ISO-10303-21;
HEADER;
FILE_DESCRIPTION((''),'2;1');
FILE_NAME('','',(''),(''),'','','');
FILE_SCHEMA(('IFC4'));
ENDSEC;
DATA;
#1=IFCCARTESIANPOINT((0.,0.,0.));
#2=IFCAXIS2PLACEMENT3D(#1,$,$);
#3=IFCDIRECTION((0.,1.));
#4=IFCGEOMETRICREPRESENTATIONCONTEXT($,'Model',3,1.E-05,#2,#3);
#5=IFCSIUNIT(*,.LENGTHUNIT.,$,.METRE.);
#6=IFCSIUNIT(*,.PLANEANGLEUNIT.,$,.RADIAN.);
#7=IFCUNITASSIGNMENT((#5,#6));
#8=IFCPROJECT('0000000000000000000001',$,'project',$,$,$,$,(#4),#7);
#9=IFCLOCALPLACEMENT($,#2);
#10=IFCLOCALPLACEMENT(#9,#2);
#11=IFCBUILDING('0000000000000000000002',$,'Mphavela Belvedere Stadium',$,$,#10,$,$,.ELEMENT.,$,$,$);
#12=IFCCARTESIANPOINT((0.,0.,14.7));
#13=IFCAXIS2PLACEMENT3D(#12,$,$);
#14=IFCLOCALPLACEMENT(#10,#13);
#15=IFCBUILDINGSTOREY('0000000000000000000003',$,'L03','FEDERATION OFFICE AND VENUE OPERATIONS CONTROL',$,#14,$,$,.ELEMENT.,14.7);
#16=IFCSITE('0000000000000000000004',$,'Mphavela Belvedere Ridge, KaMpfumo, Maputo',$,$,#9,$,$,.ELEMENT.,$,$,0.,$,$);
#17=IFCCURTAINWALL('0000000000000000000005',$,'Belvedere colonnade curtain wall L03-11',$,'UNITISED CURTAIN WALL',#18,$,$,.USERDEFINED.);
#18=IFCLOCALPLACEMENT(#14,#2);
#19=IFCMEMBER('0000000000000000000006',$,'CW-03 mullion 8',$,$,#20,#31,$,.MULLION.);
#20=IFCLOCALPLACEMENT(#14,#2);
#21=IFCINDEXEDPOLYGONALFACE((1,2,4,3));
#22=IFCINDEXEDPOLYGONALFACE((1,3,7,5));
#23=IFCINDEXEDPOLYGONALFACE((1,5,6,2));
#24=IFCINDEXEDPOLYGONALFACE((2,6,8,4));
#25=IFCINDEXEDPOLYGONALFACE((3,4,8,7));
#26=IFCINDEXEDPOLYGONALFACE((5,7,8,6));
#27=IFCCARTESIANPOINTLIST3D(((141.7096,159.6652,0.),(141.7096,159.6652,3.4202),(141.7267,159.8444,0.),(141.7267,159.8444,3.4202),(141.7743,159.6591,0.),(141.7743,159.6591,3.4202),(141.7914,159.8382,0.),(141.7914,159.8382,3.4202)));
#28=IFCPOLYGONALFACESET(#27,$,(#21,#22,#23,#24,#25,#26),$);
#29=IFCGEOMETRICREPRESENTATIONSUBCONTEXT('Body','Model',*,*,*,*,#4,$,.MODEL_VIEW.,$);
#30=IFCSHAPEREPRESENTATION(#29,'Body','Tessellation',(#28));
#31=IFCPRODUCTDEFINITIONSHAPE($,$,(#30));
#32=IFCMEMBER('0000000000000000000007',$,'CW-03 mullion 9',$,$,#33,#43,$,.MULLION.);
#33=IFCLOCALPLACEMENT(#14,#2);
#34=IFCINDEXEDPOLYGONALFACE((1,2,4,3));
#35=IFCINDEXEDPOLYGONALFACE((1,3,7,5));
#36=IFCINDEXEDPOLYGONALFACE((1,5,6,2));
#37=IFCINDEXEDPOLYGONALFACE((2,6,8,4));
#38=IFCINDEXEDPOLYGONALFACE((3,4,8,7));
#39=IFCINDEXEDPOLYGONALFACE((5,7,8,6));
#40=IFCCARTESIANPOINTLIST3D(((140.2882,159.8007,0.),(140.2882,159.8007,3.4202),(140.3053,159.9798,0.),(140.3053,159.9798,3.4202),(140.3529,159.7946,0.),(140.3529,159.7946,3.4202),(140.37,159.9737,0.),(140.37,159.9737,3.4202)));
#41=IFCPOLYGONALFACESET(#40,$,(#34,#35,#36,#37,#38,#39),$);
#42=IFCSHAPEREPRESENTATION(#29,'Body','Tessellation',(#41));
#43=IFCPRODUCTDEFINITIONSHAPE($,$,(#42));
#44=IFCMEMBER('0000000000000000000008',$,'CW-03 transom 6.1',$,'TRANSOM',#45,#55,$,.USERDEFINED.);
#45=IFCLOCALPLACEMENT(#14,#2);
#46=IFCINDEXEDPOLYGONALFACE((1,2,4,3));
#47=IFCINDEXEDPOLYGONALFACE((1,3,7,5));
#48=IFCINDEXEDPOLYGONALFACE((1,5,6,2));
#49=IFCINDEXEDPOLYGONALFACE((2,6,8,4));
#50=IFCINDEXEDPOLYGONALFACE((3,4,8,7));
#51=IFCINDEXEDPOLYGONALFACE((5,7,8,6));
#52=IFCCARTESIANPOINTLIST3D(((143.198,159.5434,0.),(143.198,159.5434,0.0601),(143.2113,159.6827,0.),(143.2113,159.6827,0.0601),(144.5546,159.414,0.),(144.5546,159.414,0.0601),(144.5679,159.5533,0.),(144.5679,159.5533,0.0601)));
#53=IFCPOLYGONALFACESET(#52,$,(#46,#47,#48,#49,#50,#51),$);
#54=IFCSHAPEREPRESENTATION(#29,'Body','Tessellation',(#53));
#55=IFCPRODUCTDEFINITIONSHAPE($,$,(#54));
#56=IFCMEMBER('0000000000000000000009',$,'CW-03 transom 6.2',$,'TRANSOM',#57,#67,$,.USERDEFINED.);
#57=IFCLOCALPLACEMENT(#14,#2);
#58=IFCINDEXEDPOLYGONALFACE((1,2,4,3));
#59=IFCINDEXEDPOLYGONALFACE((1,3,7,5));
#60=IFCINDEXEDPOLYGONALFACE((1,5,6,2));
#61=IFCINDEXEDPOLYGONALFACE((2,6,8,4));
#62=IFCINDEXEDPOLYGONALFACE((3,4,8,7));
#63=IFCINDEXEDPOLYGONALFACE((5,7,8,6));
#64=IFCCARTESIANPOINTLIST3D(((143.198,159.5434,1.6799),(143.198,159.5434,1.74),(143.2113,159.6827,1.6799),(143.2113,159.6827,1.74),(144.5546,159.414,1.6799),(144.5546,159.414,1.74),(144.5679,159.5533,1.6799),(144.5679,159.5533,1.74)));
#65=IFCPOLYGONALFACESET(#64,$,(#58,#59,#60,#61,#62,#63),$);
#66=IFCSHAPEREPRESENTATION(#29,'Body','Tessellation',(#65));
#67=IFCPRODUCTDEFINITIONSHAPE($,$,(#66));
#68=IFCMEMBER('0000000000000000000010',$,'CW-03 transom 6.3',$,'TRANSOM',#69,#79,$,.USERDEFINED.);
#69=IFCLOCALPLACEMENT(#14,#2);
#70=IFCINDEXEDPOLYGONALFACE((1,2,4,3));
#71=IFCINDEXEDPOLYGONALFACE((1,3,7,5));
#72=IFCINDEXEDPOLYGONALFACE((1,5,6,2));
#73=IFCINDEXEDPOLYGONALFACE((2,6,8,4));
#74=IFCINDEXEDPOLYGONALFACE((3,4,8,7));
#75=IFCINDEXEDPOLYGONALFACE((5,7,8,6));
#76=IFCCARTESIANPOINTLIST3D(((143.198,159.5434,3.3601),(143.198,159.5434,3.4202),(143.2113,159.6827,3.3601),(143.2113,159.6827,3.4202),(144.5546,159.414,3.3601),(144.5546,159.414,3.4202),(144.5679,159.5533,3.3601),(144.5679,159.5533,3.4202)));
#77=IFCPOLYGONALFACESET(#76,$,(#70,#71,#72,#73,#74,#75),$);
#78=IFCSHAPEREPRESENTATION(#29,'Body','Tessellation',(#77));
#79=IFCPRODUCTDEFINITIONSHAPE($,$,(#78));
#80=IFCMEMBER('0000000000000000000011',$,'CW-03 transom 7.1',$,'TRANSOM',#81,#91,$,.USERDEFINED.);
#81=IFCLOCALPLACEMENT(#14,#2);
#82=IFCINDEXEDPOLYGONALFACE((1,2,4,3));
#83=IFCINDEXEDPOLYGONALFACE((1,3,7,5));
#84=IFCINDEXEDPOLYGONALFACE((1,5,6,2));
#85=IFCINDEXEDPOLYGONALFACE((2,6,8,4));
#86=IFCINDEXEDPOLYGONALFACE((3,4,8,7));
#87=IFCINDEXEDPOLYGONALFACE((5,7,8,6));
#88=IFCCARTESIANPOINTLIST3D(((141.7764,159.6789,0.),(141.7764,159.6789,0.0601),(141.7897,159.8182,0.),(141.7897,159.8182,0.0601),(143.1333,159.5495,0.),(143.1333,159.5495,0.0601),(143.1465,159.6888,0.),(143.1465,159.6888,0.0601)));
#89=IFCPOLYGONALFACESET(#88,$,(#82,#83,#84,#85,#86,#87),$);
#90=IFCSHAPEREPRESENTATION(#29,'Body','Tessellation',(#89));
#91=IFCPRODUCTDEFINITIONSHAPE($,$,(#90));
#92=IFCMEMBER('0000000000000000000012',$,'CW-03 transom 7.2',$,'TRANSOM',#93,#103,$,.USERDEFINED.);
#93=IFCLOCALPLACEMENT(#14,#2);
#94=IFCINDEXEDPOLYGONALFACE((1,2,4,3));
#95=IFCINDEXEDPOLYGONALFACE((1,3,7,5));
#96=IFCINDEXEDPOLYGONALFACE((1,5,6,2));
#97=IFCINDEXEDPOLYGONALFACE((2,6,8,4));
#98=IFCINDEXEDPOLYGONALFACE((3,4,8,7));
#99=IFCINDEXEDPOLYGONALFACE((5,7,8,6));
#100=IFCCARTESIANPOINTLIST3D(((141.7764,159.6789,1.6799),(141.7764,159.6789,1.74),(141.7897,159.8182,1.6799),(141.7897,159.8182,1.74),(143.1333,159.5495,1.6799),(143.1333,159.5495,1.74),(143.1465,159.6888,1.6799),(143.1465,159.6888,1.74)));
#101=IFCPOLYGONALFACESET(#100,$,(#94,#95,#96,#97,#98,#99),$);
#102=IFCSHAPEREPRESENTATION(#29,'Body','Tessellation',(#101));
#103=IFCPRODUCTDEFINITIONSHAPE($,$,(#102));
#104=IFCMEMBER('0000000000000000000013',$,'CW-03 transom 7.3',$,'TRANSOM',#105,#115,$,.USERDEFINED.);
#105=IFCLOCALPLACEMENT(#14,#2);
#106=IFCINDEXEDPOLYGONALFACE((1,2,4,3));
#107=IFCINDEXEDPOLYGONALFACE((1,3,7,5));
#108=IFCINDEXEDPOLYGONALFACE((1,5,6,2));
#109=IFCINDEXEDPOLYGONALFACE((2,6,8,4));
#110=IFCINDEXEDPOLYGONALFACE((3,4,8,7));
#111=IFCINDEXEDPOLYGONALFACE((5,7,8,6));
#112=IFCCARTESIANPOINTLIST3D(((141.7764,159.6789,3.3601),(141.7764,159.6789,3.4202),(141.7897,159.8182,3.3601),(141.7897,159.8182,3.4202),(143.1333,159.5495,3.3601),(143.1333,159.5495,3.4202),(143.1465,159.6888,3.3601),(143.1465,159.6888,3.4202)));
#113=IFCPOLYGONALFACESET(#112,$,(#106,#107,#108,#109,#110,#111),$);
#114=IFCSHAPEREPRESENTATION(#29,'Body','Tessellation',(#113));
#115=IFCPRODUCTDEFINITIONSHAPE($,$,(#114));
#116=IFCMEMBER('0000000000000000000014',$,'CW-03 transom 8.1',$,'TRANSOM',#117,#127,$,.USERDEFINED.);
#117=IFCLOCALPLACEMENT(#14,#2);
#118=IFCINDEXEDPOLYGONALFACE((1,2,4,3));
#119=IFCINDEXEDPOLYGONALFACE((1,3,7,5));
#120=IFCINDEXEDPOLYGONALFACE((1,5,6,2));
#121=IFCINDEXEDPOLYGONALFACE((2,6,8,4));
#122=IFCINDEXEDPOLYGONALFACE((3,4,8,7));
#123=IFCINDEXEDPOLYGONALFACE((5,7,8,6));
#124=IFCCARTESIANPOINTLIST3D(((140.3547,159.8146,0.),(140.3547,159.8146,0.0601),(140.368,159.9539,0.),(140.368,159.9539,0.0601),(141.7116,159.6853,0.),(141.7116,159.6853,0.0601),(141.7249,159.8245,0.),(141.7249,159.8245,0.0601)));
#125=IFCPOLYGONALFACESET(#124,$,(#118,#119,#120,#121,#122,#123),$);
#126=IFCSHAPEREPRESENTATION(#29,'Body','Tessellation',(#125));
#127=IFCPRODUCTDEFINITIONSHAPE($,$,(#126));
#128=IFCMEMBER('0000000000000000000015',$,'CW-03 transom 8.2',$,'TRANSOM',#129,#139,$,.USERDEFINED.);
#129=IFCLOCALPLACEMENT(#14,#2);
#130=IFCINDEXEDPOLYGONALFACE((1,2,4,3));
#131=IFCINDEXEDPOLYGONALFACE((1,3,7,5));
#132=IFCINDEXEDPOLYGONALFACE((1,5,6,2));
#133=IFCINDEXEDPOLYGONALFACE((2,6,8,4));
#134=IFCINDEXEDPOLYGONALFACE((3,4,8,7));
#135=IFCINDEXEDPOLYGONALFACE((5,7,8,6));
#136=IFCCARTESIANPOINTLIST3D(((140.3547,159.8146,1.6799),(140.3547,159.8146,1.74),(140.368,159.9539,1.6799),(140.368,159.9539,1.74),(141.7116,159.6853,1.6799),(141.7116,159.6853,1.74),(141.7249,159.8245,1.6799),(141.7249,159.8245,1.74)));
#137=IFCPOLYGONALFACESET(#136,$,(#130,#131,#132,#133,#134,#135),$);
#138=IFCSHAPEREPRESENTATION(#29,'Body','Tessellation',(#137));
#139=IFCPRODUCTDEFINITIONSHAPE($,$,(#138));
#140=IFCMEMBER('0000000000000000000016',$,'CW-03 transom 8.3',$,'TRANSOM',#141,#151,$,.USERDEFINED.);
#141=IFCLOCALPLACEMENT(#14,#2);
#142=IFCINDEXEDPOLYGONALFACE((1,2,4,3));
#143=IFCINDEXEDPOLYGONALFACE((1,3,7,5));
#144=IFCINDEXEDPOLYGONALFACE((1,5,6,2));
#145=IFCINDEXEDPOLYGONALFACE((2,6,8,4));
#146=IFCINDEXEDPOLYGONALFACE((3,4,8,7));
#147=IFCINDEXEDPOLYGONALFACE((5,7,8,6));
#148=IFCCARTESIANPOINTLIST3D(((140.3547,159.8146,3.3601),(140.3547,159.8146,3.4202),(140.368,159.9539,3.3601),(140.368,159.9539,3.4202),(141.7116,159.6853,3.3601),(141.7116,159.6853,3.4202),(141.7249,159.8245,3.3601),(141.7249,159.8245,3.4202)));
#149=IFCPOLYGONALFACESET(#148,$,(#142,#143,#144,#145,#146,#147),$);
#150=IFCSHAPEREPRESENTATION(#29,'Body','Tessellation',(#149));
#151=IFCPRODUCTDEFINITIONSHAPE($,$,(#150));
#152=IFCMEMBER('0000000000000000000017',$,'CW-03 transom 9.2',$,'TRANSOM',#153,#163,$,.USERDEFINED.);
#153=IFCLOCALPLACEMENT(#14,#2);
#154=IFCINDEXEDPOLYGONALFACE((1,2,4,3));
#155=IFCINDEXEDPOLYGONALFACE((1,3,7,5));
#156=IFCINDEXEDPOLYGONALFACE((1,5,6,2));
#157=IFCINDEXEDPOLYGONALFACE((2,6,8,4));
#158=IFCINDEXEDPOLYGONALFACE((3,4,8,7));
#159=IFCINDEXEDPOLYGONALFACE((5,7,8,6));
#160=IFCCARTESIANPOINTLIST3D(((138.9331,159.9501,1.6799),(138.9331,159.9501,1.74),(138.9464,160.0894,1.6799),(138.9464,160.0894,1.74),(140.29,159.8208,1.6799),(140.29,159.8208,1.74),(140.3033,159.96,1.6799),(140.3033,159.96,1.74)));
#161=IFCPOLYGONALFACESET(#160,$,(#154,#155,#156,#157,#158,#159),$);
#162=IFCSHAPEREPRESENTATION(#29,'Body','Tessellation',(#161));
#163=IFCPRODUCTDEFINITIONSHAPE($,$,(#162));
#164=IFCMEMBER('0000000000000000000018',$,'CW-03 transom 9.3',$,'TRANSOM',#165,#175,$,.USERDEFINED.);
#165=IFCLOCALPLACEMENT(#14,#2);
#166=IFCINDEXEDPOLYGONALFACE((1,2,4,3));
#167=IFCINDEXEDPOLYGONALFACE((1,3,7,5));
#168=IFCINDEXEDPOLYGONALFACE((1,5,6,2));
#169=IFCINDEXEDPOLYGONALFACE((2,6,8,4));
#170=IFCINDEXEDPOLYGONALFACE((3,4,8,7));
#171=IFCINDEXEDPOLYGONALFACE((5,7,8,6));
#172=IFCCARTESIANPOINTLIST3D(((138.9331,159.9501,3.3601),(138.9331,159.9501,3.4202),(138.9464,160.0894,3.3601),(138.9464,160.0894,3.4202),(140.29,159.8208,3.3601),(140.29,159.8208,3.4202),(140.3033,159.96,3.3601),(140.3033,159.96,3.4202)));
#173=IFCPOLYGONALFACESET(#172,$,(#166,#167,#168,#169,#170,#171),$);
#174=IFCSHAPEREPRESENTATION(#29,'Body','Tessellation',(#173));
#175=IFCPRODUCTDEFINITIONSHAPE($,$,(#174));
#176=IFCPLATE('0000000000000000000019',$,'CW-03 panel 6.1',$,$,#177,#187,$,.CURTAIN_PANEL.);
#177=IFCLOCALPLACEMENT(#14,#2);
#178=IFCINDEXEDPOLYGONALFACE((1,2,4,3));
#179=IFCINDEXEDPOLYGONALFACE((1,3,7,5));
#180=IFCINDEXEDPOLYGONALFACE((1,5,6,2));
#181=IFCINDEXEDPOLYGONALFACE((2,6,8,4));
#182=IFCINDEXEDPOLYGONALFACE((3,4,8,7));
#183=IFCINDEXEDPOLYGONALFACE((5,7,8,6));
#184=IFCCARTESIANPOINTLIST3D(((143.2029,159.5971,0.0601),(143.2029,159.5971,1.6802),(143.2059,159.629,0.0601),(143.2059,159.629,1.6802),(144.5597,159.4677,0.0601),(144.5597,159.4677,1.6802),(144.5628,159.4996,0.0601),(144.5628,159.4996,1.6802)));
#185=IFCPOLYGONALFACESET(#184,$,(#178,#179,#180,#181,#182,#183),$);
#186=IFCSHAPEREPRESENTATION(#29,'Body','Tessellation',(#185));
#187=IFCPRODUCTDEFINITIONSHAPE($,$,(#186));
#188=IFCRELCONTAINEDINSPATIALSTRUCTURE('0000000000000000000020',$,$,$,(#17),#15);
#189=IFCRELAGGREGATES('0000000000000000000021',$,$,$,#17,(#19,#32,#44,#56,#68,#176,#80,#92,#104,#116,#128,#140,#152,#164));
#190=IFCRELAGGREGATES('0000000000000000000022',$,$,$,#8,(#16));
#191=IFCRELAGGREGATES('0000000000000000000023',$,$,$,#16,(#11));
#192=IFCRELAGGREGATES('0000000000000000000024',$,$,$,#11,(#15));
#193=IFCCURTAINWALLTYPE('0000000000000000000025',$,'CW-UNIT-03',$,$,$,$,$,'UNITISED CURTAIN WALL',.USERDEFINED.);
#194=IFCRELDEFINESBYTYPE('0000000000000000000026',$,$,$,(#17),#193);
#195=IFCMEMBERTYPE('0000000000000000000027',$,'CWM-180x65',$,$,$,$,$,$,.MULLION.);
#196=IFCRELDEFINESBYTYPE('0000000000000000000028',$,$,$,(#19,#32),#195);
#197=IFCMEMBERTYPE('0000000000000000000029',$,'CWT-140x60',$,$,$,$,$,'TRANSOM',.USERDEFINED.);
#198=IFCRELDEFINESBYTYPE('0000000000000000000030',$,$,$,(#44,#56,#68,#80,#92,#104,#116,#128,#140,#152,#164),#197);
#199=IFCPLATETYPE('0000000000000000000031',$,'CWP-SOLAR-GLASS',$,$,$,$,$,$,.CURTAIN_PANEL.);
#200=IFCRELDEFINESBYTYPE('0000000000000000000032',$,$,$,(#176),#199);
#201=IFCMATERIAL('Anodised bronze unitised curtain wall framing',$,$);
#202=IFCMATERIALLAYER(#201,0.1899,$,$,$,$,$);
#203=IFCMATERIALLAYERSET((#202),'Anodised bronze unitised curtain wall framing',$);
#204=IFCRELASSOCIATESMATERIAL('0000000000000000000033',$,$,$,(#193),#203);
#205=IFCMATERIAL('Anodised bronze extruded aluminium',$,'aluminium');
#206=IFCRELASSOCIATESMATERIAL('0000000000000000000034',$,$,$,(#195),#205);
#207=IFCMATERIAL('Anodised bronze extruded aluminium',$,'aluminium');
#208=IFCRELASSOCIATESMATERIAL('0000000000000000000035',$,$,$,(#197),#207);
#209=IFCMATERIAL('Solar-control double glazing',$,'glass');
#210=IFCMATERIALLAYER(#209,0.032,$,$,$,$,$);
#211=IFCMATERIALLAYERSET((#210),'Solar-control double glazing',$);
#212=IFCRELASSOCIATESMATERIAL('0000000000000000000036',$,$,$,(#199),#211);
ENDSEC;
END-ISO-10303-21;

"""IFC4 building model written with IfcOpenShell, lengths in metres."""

from ifc_helpers import new_model, si_unit, direction, frame, origin, origin_2d, place, context, subcontext, project, spatial, rectangle, extrude, material, layer, layer_set, material_profile, profile_set, type_object, element, aggregate, save


model = new_model("IFC4")

# Units and contexts
model_context = context("Model", 3, precision=1e-05, world=origin(), true_north=direction((0.0, 1.0)))
body_context = subcontext(model_context, "Body", "Model", "MODEL_VIEW")
ifc_project = project(units=[si_unit("LENGTHUNIT", "METRE"), si_unit("PLANEANGLEUNIT", "RADIAN")], contexts=[model_context])

# Site, building, storey
site_placement = place(None, origin())
site = spatial("IfcSite", under=ifc_project, at=site_placement, Name="Mphavela Belvedere Ridge, KaMpfumo, Maputo", CompositionType="ELEMENT", RefElevation=0.0)
building_placement = place(site_placement, origin())
building = spatial("IfcBuilding", under=site, at=building_placement, Name="Mphavela Belvedere Stadium", CompositionType="ELEMENT")
storey_placement = place(building_placement, frame((0.0, 0.0, 14.7)))
storey = spatial("IfcBuildingStorey", under=building, at=storey_placement, Name="L03", Description="FEDERATION OFFICE AND VENUE OPERATIONS CONTROL", CompositionType="ELEMENT", Elevation=14.7)

# Curtain wall, members, plate
ifc_material_1 = material(Name="Anodised bronze unitised curtain wall framing")
ifc_layer_1 = layer(ifc_material_1, 0.1899)
ifc_layer_set_1 = layer_set([ifc_layer_1], Name="Anodised bronze unitised curtain wall framing")
curtain_wall_type = type_object("IfcCurtainWallType", Name="CW-UNIT-03", ElementType="UNITISED CURTAIN WALL", PredefinedType="USERDEFINED", material=ifc_layer_set_1)
curtain_wall_placement = place(storey_placement, origin())
curtain_wall = element("IfcCurtainWall", 1, at=curtain_wall_placement, inside=storey, type_object=curtain_wall_type, Name="Belvedere colonnade curtain wall L03-11", ObjectType="UNITISED CURTAIN WALL", PredefinedType="USERDEFINED")
ifc_material_2 = material(Name="Anodised bronze extruded aluminium", Category="aluminium")
ifc_material_profile_1 = material_profile(ifc_material_2, rectangle(XDim=0.1799, YDim=0.0649, at=origin_2d()), Name="CW-MUL 180x65")
ifc_profile_set_1 = profile_set([ifc_material_profile_1], Name="Anodised bronze extruded aluminium")
member_type_1 = type_object("IfcMemberType", Name="CWM-180x65", PredefinedType="MULLION", material=ifc_profile_set_1)
member_1_placement = place(storey_placement, frame((141.7505, 159.7517, 0.0), z_axis=(0.0, 0.0, 1.0), x_axis=(-0.094929, -0.995484, 0.0)))
member_1 = element("IfcMember", 2, at=member_1_placement, type_object=member_type_1, Name="CW-03 mullion 8", PredefinedType="MULLION", context=body_context, shape_type="SweptSolid", body=[
    extrude(rectangle(XDim=0.1799, YDim=0.0649, at=origin_2d()), origin(), (0.0, 0.0, 1.0), 3.4202),
])
member_2_placement = place(storey_placement, frame((140.3291, 159.8872, 0.0), z_axis=(0.0, 0.0, 1.0), x_axis=(-0.094929, -0.995484, 0.0)))
member_2 = element("IfcMember", 3, at=member_2_placement, type_object=member_type_1, Name="CW-03 mullion 9", PredefinedType="MULLION", context=body_context, shape_type="SweptSolid", body=[
    extrude(rectangle(XDim=0.1799, YDim=0.0649, at=origin_2d()), origin(), (0.0, 0.0, 1.0), 3.4202),
])
ifc_material_3 = material(Name="Anodised bronze extruded aluminium", Category="aluminium")
ifc_material_profile_2 = material_profile(ifc_material_3, rectangle(XDim=0.1399, YDim=0.0601, at=origin_2d()), Name="CW-TRN 140x60")
ifc_profile_set_2 = profile_set([ifc_material_profile_2], Name="Anodised bronze extruded aluminium")
member_type_2 = type_object("IfcMemberType", Name="CWT-140x60", ElementType="TRANSOM", PredefinedType="USERDEFINED", material=ifc_profile_set_2)
member_3_placement = place(storey_placement, frame((144.5613, 159.4836, 0.03), z_axis=(-0.995483, 0.094944, 0.0), x_axis=(-0.094944, -0.995483, 0.0)))
member_3 = element("IfcMember", 4, at=member_3_placement, type_object=member_type_2, Name="CW-03 transom 6.1", ObjectType="TRANSOM", PredefinedType="USERDEFINED", context=body_context, shape_type="SweptSolid", body=[
    extrude(rectangle(XDim=0.1399, YDim=0.0601, at=origin_2d()), origin(), (0.0, 0.0, 1.0), 1.3628),
])
member_4_placement = place(storey_placement, frame((144.5613, 159.4836, 1.71), z_axis=(-0.995483, 0.094944, 0.0), x_axis=(-0.094944, -0.995483, 0.0)))
member_4 = element("IfcMember", 5, at=member_4_placement, type_object=member_type_2, Name="CW-03 transom 6.2", ObjectType="TRANSOM", PredefinedType="USERDEFINED", context=body_context, shape_type="SweptSolid", body=[
    extrude(rectangle(XDim=0.1399, YDim=0.0601, at=origin_2d()), origin(), (0.0, 0.0, 1.0), 1.3628),
])
member_5_placement = place(storey_placement, frame((144.5613, 159.4836, 3.3901), z_axis=(-0.995483, 0.094944, 0.0), x_axis=(-0.094944, -0.995483, 0.0)))
member_5 = element("IfcMember", 6, at=member_5_placement, type_object=member_type_2, Name="CW-03 transom 6.3", ObjectType="TRANSOM", PredefinedType="USERDEFINED", context=body_context, shape_type="SweptSolid", body=[
    extrude(rectangle(XDim=0.1399, YDim=0.0601, at=origin_2d()), origin(), (0.0, 0.0, 1.0), 1.3628),
])
member_6_placement = place(storey_placement, frame((143.1399, 159.6191, 0.03), z_axis=(-0.995484, 0.094927, 0.0), x_axis=(-0.094927, -0.995484, 0.0)))
member_6 = element("IfcMember", 7, at=member_6_placement, type_object=member_type_2, Name="CW-03 transom 7.1", ObjectType="TRANSOM", PredefinedType="USERDEFINED", context=body_context, shape_type="SweptSolid", body=[
    extrude(rectangle(XDim=0.1399, YDim=0.0601, at=origin_2d()), origin(), (0.0, 0.0, 1.0), 1.363),
])
member_7_placement = place(storey_placement, frame((143.1399, 159.6191, 1.71), z_axis=(-0.995484, 0.094927, 0.0), x_axis=(-0.094927, -0.995484, 0.0)))
member_7 = element("IfcMember", 8, at=member_7_placement, type_object=member_type_2, Name="CW-03 transom 7.2", ObjectType="TRANSOM", PredefinedType="USERDEFINED", context=body_context, shape_type="SweptSolid", body=[
    extrude(rectangle(XDim=0.1399, YDim=0.0601, at=origin_2d()), origin(), (0.0, 0.0, 1.0), 1.363),
])
member_8_placement = place(storey_placement, frame((143.1399, 159.6191, 3.3901), z_axis=(-0.995484, 0.094927, 0.0), x_axis=(-0.094927, -0.995484, 0.0)))
member_8 = element("IfcMember", 9, at=member_8_placement, type_object=member_type_2, Name="CW-03 transom 7.3", ObjectType="TRANSOM", PredefinedType="USERDEFINED", context=body_context, shape_type="SweptSolid", body=[
    extrude(rectangle(XDim=0.1399, YDim=0.0601, at=origin_2d()), origin(), (0.0, 0.0, 1.0), 1.363),
])
member_9_placement = place(storey_placement, frame((141.7183, 159.7549, 0.03), z_axis=(-0.995484, 0.094927, 0.0), x_axis=(-0.094927, -0.995484, 0.0)))
member_9 = element("IfcMember", 10, at=member_9_placement, type_object=member_type_2, Name="CW-03 transom 8.1", ObjectType="TRANSOM", PredefinedType="USERDEFINED", context=body_context, shape_type="SweptSolid", body=[
    extrude(rectangle(XDim=0.1399, YDim=0.0601, at=origin_2d()), origin(), (0.0, 0.0, 1.0), 1.363),
])
member_10_placement = place(storey_placement, frame((141.7183, 159.7549, 1.71), z_axis=(-0.995484, 0.094927, 0.0), x_axis=(-0.094927, -0.995484, 0.0)))
member_10 = element("IfcMember", 11, at=member_10_placement, type_object=member_type_2, Name="CW-03 transom 8.2", ObjectType="TRANSOM", PredefinedType="USERDEFINED", context=body_context, shape_type="SweptSolid", body=[
    extrude(rectangle(XDim=0.1399, YDim=0.0601, at=origin_2d()), origin(), (0.0, 0.0, 1.0), 1.363),
])
member_11_placement = place(storey_placement, frame((141.7183, 159.7549, 3.3901), z_axis=(-0.995484, 0.094927, 0.0), x_axis=(-0.094927, -0.995484, 0.0)))
member_11 = element("IfcMember", 12, at=member_11_placement, type_object=member_type_2, Name="CW-03 transom 8.3", ObjectType="TRANSOM", PredefinedType="USERDEFINED", context=body_context, shape_type="SweptSolid", body=[
    extrude(rectangle(XDim=0.1399, YDim=0.0601, at=origin_2d()), origin(), (0.0, 0.0, 1.0), 1.363),
])
member_12_placement = place(storey_placement, frame((140.2966, 159.8904, 1.71), z_axis=(-0.995484, 0.094927, 0.0), x_axis=(-0.094927, -0.995484, 0.0)))
member_12 = element("IfcMember", 13, at=member_12_placement, type_object=member_type_2, Name="CW-03 transom 9.2", ObjectType="TRANSOM", PredefinedType="USERDEFINED", context=body_context, shape_type="SweptSolid", body=[
    extrude(rectangle(XDim=0.1399, YDim=0.0601, at=origin_2d()), origin(), (0.0, 0.0, 1.0), 1.363),
])
member_13_placement = place(storey_placement, frame((140.2966, 159.8904, 3.3901), z_axis=(-0.995484, 0.094927, 0.0), x_axis=(-0.094927, -0.995484, 0.0)))
member_13 = element("IfcMember", 14, at=member_13_placement, type_object=member_type_2, Name="CW-03 transom 9.3", ObjectType="TRANSOM", PredefinedType="USERDEFINED", context=body_context, shape_type="SweptSolid", body=[
    extrude(rectangle(XDim=0.1399, YDim=0.0601, at=origin_2d()), origin(), (0.0, 0.0, 1.0), 1.363),
])
ifc_material_4 = material(Name="Solar-control double glazing", Category="glass")
ifc_layer_2 = layer(ifc_material_4, 0.032)
ifc_layer_set_2 = layer_set([ifc_layer_2], Name="Solar-control double glazing")
plate_type = type_object("IfcPlateType", Name="CWP-SOLAR-GLASS", PredefinedType="CURTAIN_PANEL", material=ifc_layer_set_2)
plate_1_placement = place(storey_placement, frame((143.8828, 159.5483, 0.0601), z_axis=(0.0, 0.0, 1.0), x_axis=(-0.995484, 0.094929, 0.0)))
plate_1 = element("IfcPlate", 15, at=plate_1_placement, type_object=plate_type, Name="CW-03 panel 6.1", PredefinedType="CURTAIN_PANEL", context=body_context, shape_type="SweptSolid", body=[
    extrude(rectangle(XDim=1.363, YDim=0.032, at=origin_2d()), origin(), (0.0, 0.0, 1.0), 1.6201),
])
aggregate(curtain_wall, [member_1, member_2, member_3, member_4, member_5, plate_1, member_6, member_7, member_8, member_9, member_10, member_11, member_12, member_13])

save(model, "model.ifc")
